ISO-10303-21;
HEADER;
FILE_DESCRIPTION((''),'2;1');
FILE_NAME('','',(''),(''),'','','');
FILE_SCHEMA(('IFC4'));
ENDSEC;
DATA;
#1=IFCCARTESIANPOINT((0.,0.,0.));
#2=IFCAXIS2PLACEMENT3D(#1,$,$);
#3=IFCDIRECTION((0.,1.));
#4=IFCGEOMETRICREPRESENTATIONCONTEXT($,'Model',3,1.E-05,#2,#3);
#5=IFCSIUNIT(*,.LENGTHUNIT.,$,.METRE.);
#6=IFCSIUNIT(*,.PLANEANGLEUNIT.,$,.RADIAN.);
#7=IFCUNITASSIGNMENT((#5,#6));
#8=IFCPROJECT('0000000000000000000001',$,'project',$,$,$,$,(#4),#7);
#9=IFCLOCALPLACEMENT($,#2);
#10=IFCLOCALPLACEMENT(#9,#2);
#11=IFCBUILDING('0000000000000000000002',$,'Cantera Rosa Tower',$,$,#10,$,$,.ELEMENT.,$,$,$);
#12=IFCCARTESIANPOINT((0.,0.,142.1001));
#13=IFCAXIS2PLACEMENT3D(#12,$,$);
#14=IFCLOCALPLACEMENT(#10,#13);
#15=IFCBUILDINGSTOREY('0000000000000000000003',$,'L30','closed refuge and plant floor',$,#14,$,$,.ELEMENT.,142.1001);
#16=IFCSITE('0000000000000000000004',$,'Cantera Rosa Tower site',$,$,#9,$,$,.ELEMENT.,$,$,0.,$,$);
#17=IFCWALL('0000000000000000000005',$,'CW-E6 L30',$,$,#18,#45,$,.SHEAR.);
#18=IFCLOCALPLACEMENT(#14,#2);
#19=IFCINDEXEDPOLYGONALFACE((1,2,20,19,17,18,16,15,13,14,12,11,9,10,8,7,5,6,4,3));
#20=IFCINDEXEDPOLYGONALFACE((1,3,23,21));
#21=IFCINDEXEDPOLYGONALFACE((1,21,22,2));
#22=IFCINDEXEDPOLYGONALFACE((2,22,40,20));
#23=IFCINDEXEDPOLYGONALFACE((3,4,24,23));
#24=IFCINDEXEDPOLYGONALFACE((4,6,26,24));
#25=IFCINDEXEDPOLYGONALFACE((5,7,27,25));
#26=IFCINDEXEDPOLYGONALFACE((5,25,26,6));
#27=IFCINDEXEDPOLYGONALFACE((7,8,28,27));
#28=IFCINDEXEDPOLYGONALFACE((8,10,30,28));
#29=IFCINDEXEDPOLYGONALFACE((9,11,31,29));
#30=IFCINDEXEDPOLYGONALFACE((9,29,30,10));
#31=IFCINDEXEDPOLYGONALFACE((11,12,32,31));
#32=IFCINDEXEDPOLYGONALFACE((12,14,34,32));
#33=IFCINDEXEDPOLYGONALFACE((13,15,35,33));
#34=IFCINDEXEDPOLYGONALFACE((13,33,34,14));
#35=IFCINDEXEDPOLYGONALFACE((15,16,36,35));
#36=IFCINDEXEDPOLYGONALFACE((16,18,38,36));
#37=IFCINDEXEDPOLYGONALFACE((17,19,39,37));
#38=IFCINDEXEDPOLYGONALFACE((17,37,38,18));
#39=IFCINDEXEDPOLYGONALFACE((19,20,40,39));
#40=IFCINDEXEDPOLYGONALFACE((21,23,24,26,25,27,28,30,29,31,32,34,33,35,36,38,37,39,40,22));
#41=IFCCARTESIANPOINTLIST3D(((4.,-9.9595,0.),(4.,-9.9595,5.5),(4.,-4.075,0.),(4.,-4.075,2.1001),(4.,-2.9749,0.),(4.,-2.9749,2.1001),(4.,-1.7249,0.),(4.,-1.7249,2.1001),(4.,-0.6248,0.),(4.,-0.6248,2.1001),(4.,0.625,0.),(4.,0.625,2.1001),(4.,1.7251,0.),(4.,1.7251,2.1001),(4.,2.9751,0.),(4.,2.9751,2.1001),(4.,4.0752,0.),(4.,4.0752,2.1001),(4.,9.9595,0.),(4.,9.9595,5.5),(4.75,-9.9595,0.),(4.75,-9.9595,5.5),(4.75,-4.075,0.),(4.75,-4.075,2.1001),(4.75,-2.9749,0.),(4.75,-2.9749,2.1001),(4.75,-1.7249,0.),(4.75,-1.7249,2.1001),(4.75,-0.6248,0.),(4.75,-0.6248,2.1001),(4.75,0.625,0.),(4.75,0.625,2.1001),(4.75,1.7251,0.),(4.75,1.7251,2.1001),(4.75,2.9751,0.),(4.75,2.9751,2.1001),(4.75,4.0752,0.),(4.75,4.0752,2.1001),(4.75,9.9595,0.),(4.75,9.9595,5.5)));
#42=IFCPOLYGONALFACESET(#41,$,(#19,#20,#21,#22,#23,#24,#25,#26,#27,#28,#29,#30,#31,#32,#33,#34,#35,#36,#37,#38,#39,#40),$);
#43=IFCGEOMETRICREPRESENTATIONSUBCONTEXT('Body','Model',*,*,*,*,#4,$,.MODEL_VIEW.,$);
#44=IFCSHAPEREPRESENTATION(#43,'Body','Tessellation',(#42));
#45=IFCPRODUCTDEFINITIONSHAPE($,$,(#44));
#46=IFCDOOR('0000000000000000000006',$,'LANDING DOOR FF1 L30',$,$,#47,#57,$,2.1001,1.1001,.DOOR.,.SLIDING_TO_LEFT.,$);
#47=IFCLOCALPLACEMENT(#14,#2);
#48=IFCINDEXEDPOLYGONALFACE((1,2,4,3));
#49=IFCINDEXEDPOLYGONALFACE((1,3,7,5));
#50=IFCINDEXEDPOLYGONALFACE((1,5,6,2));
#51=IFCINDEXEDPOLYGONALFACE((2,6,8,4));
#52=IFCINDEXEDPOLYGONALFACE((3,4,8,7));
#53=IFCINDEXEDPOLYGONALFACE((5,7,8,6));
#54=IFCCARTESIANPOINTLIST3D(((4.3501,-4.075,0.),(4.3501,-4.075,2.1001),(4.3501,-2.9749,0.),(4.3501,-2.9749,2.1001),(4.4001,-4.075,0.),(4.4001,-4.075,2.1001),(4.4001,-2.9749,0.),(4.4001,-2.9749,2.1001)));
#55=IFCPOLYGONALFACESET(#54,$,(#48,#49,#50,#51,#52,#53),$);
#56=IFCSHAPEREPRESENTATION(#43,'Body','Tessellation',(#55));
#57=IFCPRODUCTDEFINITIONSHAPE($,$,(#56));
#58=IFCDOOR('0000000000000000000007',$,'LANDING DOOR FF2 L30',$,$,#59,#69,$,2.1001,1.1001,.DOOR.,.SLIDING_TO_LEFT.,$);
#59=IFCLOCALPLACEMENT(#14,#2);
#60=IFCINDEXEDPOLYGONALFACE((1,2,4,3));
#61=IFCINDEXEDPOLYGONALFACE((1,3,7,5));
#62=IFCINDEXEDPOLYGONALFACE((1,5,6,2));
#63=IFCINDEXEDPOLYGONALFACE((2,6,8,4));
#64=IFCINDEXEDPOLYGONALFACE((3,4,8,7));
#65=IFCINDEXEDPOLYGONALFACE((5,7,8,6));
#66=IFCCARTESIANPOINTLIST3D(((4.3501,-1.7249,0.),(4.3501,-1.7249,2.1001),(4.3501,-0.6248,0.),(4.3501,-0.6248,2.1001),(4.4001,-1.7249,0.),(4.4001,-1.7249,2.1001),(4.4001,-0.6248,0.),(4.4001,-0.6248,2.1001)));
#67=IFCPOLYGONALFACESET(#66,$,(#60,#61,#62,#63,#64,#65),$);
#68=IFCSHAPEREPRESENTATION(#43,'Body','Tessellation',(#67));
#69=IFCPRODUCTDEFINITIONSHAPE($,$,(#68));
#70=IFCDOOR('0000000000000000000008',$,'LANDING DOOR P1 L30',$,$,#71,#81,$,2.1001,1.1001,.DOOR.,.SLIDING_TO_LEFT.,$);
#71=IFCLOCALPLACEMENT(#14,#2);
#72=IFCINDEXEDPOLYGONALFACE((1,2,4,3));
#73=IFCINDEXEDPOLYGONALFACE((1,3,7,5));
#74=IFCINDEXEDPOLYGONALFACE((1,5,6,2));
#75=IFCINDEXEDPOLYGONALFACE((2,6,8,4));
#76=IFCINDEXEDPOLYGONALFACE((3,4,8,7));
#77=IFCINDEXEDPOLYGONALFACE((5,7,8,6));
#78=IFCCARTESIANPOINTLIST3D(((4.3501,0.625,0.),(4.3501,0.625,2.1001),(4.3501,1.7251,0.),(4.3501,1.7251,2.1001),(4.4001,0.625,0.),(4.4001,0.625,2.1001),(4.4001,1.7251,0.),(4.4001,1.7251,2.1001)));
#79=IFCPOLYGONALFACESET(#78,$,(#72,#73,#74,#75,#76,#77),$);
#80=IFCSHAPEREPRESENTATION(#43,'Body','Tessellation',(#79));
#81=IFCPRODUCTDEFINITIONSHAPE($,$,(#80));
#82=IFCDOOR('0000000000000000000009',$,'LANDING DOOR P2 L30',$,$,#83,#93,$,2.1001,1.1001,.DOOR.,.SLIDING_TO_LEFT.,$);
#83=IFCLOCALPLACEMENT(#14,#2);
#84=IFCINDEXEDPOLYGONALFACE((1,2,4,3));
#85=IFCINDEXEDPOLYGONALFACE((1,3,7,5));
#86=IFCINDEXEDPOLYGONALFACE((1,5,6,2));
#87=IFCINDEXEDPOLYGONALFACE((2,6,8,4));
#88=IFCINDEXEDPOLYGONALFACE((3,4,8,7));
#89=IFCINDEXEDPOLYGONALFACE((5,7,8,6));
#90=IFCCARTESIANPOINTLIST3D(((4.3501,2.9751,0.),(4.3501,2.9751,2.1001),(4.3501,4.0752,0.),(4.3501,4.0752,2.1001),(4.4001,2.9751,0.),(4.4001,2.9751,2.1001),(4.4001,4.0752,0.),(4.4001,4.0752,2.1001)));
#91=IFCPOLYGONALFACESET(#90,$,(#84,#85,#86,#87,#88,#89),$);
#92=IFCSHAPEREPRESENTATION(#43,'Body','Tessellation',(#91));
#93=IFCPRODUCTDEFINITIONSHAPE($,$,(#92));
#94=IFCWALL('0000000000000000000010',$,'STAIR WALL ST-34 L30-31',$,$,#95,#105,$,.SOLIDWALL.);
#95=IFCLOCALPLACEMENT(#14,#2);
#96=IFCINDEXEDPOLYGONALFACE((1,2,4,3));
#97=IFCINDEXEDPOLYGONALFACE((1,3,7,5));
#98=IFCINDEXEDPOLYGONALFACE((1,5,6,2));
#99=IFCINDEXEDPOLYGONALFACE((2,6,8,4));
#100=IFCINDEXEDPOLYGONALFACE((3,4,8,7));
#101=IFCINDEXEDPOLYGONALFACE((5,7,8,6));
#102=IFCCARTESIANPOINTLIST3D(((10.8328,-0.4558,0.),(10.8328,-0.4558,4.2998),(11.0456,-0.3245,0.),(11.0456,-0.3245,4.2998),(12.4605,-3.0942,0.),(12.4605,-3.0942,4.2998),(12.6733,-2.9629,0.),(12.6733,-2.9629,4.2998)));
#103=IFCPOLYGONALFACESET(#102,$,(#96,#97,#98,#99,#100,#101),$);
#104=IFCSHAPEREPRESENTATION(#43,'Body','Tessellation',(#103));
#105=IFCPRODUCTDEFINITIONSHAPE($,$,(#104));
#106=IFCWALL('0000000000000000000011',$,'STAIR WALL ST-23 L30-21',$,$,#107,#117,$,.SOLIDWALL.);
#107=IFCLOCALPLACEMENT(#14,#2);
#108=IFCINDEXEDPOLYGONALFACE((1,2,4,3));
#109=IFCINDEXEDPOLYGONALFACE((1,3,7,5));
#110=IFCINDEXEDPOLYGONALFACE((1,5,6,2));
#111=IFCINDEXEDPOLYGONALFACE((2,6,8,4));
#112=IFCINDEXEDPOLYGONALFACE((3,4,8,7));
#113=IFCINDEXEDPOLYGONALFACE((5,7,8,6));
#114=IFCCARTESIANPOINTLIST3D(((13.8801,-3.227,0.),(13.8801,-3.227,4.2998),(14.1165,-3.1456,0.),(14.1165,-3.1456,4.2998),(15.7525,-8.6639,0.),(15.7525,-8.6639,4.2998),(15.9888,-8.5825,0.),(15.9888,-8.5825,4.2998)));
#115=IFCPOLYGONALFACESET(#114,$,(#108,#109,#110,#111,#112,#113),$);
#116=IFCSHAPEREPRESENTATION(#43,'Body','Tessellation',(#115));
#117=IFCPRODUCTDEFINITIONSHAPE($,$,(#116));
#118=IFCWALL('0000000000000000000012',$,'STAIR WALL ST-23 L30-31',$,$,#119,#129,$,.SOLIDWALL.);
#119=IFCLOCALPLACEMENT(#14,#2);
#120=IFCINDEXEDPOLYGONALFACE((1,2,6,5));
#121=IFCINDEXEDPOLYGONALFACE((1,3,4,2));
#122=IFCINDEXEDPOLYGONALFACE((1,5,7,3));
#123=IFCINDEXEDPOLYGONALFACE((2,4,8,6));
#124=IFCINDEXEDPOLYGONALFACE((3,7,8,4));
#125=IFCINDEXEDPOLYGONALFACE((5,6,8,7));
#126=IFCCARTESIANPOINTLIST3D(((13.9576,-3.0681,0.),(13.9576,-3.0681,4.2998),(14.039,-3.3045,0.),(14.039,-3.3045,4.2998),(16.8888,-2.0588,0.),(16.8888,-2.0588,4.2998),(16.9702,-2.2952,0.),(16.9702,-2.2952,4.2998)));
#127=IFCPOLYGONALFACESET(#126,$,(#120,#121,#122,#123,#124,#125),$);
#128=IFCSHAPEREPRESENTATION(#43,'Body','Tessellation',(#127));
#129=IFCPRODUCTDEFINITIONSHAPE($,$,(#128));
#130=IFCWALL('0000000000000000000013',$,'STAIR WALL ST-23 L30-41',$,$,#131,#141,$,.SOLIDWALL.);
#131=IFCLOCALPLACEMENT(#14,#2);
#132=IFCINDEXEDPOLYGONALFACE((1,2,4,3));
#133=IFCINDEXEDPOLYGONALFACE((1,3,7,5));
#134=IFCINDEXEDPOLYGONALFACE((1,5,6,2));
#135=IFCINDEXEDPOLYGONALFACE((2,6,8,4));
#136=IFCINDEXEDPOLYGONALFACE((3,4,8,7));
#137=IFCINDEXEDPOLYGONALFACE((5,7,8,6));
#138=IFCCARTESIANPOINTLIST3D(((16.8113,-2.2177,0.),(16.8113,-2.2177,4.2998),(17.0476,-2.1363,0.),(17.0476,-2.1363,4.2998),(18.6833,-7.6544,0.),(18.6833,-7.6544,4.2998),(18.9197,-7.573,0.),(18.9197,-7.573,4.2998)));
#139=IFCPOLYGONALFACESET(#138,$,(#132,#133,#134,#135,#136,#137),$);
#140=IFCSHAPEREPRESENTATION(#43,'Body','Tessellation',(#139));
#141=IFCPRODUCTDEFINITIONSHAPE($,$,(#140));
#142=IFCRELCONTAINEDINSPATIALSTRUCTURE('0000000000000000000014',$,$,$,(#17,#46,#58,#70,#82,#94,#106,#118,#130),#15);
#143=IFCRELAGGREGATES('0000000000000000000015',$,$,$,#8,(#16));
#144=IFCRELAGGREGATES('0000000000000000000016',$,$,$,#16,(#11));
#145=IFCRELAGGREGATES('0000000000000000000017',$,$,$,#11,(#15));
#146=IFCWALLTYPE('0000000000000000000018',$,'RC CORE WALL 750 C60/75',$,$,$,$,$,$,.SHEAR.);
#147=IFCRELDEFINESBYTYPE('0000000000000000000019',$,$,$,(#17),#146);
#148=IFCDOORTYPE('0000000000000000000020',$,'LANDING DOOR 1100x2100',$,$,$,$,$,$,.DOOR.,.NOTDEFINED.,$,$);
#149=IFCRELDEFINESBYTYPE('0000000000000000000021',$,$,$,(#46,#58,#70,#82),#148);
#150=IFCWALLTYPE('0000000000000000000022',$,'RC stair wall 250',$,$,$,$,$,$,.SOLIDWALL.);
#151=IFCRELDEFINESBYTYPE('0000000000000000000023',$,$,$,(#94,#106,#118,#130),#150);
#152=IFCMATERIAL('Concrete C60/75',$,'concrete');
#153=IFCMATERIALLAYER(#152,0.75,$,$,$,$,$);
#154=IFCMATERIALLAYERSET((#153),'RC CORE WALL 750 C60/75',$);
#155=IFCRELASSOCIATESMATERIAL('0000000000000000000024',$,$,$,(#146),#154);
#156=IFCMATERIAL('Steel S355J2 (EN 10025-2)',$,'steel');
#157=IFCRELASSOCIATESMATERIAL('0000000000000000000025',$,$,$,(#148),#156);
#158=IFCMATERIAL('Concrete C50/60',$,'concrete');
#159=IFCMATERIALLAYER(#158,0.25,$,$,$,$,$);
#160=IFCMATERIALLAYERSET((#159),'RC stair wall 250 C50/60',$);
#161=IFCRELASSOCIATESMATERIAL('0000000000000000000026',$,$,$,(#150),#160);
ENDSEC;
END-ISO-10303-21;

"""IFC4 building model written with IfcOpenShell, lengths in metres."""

from ifc_helpers import new_model, si_unit, direction, frame, frame_2d, origin, place, context, subcontext, project, spatial, rectangle, extrude, material, layer, layer_set, type_object, element, fill, save


model = new_model("IFC4")

# Units and contexts
model_context = context("Model", 3, precision=1e-05, world=origin(), true_north=direction((0.0, 1.0)))
body_context = subcontext(model_context, "Body", "Model", "MODEL_VIEW")
ifc_project = project(units=[si_unit("LENGTHUNIT", "METRE"), si_unit("PLANEANGLEUNIT", "RADIAN")], contexts=[model_context])

# Site, building, storey
site_placement = place(None, origin())
site = spatial("IfcSite", under=ifc_project, at=site_placement, Name="Cantera Rosa Tower site", CompositionType="ELEMENT", RefElevation=0.0)
building_placement = place(site_placement, origin())
building = spatial("IfcBuilding", under=site, at=building_placement, Name="Cantera Rosa Tower", CompositionType="ELEMENT")
storey_placement = place(building_placement, frame((0.0, 0.0, 142.1001)))
storey = spatial("IfcBuildingStorey", under=building, at=storey_placement, Name="L30", Description="closed refuge and plant floor", CompositionType="ELEMENT", Elevation=142.1001)

# Shared definitions
ifc_material_1 = material(Name="Concrete C60/75", Category="concrete")
ifc_layer_1 = layer(ifc_material_1, 0.75)
ifc_layer_set_1 = layer_set([ifc_layer_1], Name="RC CORE WALL 750 C60/75")
wall_type_1 = type_object("IfcWallType", Name="RC CORE WALL 750 C60/75", PredefinedType="SHEAR", material=ifc_layer_set_1)

# Wall, openings, doors
wall_1_placement = place(storey_placement, frame((4.375, -9.9595, 0.0), z_axis=(0.0, 0.0, 1.0), x_axis=(0.0, 1.0, 0.0)))
wall_1 = element("IfcWall", 1, at=wall_1_placement, inside=storey, type_object=wall_type_1, Name="CW-E6 L30", PredefinedType="SHEAR", context=body_context, shape_type="SweptSolid", body=[
    extrude(rectangle(XDim=19.9189, YDim=0.75, at=frame_2d((9.9595, 0.0))), origin(), (0.0, 0.0, 1.0), 5.5),
])
opening_1_placement = place(wall_1_placement, frame((5.8845, 0.0, 0.0)))
opening_1 = element("IfcOpeningElement", 2, at=opening_1_placement, cuts=wall_1, PredefinedType="OPENING", context=body_context, shape_type="SweptSolid", body=[
    extrude(rectangle(XDim=1.1001, YDim=2.1001, at=frame_2d((0.55, 1.05))), frame((0.0, 0.385, 0.0), z_axis=(0.0, -1.0, 0.0), x_axis=(1.0, 0.0, 0.0)), (0.0, 0.0, 1.0), 0.77),
])
opening_2_placement = place(wall_1_placement, frame((8.2346, 0.0, 0.0)))
opening_2 = element("IfcOpeningElement", 3, at=opening_2_placement, cuts=wall_1, PredefinedType="OPENING", context=body_context, shape_type="SweptSolid", body=[
    extrude(rectangle(XDim=1.1001, YDim=2.1001, at=frame_2d((0.55, 1.05))), frame((0.0, 0.385, 0.0), z_axis=(0.0, -1.0, 0.0), x_axis=(1.0, 0.0, 0.0)), (0.0, 0.0, 1.0), 0.77),
])
opening_3_placement = place(wall_1_placement, frame((10.5845, 0.0, 0.0)))
opening_3 = element("IfcOpeningElement", 4, at=opening_3_placement, cuts=wall_1, PredefinedType="OPENING", context=body_context, shape_type="SweptSolid", body=[
    extrude(rectangle(XDim=1.1001, YDim=2.1001, at=frame_2d((0.55, 1.05))), frame((0.0, 0.385, 0.0), z_axis=(0.0, -1.0, 0.0), x_axis=(1.0, 0.0, 0.0)), (0.0, 0.0, 1.0), 0.77),
])
opening_4_placement = place(wall_1_placement, frame((12.9346, 0.0, 0.0)))
opening_4 = element("IfcOpeningElement", 5, at=opening_4_placement, cuts=wall_1, PredefinedType="OPENING", context=body_context, shape_type="SweptSolid", body=[
    extrude(rectangle(XDim=1.1001, YDim=2.1001, at=frame_2d((0.55, 1.05))), frame((0.0, 0.385, 0.0), z_axis=(0.0, -1.0, 0.0), x_axis=(1.0, 0.0, 0.0)), (0.0, 0.0, 1.0), 0.77),
])
ifc_material_2 = material(Name="Steel S355J2 (EN 10025-2)", Category="steel")
door_type_1 = type_object("IfcDoorType", Name="LANDING DOOR 1100x2100", OperationType="NOTDEFINED", PredefinedType="DOOR", material=ifc_material_2)
door_1_placement = place(opening_1_placement, origin())
door_1 = element("IfcDoor", 6, at=door_1_placement, inside=storey, type_object=door_type_1, Name="LANDING DOOR FF1 L30", OperationType="SLIDING_TO_LEFT", OverallHeight=2.1001, OverallWidth=1.1001, PredefinedType="DOOR", context=body_context, shape_type="SweptSolid", body=[
    extrude(rectangle(XDim=1.1001, YDim=2.1001, at=frame_2d((0.55, 1.05))), frame((0.0, 0.0249, 0.0), z_axis=(0.0, -1.0, 0.0), x_axis=(1.0, 0.0, 0.0)), (0.0, 0.0, 1.0), 0.05),
])
fill(opening_1, door_1)
door_2_placement = place(opening_2_placement, origin())
door_2 = element("IfcDoor", 7, at=door_2_placement, inside=storey, type_object=door_type_1, Name="LANDING DOOR FF2 L30", OperationType="SLIDING_TO_LEFT", OverallHeight=2.1001, OverallWidth=1.1001, PredefinedType="DOOR", context=body_context, shape_type="SweptSolid", body=[
    extrude(rectangle(XDim=1.1001, YDim=2.1001, at=frame_2d((0.55, 1.05))), frame((0.0, 0.0249, 0.0), z_axis=(0.0, -1.0, 0.0), x_axis=(1.0, 0.0, 0.0)), (0.0, 0.0, 1.0), 0.05),
])
fill(opening_2, door_2)
door_3_placement = place(opening_3_placement, origin())
door_3 = element("IfcDoor", 8, at=door_3_placement, inside=storey, type_object=door_type_1, Name="LANDING DOOR P1 L30", OperationType="SLIDING_TO_LEFT", OverallHeight=2.1001, OverallWidth=1.1001, PredefinedType="DOOR", context=body_context, shape_type="SweptSolid", body=[
    extrude(rectangle(XDim=1.1001, YDim=2.1001, at=frame_2d((0.55, 1.05))), frame((0.0, 0.0249, 0.0), z_axis=(0.0, -1.0, 0.0), x_axis=(1.0, 0.0, 0.0)), (0.0, 0.0, 1.0), 0.05),
])
fill(opening_3, door_3)
door_4_placement = place(opening_4_placement, origin())
door_4 = element("IfcDoor", 9, at=door_4_placement, inside=storey, type_object=door_type_1, Name="LANDING DOOR P2 L30", OperationType="SLIDING_TO_LEFT", OverallHeight=2.1001, OverallWidth=1.1001, PredefinedType="DOOR", context=body_context, shape_type="SweptSolid", body=[
    extrude(rectangle(XDim=1.1001, YDim=2.1001, at=frame_2d((0.55, 1.05))), frame((0.0, 0.0249, 0.0), z_axis=(0.0, -1.0, 0.0), x_axis=(1.0, 0.0, 0.0)), (0.0, 0.0, 1.0), 0.05),
])
fill(opening_4, door_4)

# Walls
ifc_material_3 = material(Name="Concrete C50/60", Category="concrete")
ifc_layer_2 = layer(ifc_material_3, 0.25)
ifc_layer_set_2 = layer_set([ifc_layer_2], Name="RC stair wall 250 C50/60")
wall_type_2 = type_object("IfcWallType", Name="RC stair wall 250", PredefinedType="SOLIDWALL", material=ifc_layer_set_2)
wall_2_placement = place(storey_placement, frame((12.5669, -3.0286, 0.0), z_axis=(0.0, 0.0, 1.0), x_axis=(-0.525042, 0.851076, 0.0)))
element("IfcWall", 10, at=wall_2_placement, inside=storey, type_object=wall_type_2, Name="STAIR WALL ST-34 L30-31", PredefinedType="SOLIDWALL", context=body_context, shape_type="SweptSolid", body=[
    extrude(rectangle(XDim=3.1001, YDim=0.25, at=frame_2d((1.55, 0.0))), origin(), (0.0, 0.0, 1.0), 4.2998),
])
wall_3_placement = place(storey_placement, frame((15.8706, -8.623, 0.0), z_axis=(0.0, 0.0, 1.0), x_axis=(-0.325613, 0.945503, 0.0)))
element("IfcWall", 11, at=wall_3_placement, inside=storey, type_object=wall_type_2, Name="STAIR WALL ST-23 L30-21", PredefinedType="SOLIDWALL", context=body_context, shape_type="SweptSolid", body=[
    extrude(rectangle(XDim=5.7502, YDim=0.25, at=frame_2d((2.875, 0.0))), origin(), (0.0, 0.0, 1.0), 4.2998),
])
wall_4_placement = place(storey_placement, frame((13.9983, -3.1863, 0.0), z_axis=(0.0, 0.0, 1.0), x_axis=(0.945519, 0.325568, 0.0)))
element("IfcWall", 12, at=wall_4_placement, inside=storey, type_object=wall_type_2, Name="STAIR WALL ST-23 L30-31", PredefinedType="SOLIDWALL", context=body_context, shape_type="SweptSolid", body=[
    extrude(rectangle(XDim=3.1001, YDim=0.25, at=frame_2d((1.55, 0.0))), origin(), (0.0, 0.0, 1.0), 4.2998),
])
wall_5_placement = place(storey_placement, frame((16.9294, -2.177, 0.0), z_axis=(0.0, 0.0, 1.0), x_axis=(0.325575, -0.945516, 0.0)))
element("IfcWall", 13, at=wall_5_placement, inside=storey, type_object=wall_type_2, Name="STAIR WALL ST-23 L30-41", PredefinedType="SOLIDWALL", context=body_context, shape_type="SweptSolid", body=[
    extrude(rectangle(XDim=5.75, YDim=0.25, at=frame_2d((2.875, 0.0))), origin(), (0.0, 0.0, 1.0), 4.2998),
])

save(model, "model.ifc")
